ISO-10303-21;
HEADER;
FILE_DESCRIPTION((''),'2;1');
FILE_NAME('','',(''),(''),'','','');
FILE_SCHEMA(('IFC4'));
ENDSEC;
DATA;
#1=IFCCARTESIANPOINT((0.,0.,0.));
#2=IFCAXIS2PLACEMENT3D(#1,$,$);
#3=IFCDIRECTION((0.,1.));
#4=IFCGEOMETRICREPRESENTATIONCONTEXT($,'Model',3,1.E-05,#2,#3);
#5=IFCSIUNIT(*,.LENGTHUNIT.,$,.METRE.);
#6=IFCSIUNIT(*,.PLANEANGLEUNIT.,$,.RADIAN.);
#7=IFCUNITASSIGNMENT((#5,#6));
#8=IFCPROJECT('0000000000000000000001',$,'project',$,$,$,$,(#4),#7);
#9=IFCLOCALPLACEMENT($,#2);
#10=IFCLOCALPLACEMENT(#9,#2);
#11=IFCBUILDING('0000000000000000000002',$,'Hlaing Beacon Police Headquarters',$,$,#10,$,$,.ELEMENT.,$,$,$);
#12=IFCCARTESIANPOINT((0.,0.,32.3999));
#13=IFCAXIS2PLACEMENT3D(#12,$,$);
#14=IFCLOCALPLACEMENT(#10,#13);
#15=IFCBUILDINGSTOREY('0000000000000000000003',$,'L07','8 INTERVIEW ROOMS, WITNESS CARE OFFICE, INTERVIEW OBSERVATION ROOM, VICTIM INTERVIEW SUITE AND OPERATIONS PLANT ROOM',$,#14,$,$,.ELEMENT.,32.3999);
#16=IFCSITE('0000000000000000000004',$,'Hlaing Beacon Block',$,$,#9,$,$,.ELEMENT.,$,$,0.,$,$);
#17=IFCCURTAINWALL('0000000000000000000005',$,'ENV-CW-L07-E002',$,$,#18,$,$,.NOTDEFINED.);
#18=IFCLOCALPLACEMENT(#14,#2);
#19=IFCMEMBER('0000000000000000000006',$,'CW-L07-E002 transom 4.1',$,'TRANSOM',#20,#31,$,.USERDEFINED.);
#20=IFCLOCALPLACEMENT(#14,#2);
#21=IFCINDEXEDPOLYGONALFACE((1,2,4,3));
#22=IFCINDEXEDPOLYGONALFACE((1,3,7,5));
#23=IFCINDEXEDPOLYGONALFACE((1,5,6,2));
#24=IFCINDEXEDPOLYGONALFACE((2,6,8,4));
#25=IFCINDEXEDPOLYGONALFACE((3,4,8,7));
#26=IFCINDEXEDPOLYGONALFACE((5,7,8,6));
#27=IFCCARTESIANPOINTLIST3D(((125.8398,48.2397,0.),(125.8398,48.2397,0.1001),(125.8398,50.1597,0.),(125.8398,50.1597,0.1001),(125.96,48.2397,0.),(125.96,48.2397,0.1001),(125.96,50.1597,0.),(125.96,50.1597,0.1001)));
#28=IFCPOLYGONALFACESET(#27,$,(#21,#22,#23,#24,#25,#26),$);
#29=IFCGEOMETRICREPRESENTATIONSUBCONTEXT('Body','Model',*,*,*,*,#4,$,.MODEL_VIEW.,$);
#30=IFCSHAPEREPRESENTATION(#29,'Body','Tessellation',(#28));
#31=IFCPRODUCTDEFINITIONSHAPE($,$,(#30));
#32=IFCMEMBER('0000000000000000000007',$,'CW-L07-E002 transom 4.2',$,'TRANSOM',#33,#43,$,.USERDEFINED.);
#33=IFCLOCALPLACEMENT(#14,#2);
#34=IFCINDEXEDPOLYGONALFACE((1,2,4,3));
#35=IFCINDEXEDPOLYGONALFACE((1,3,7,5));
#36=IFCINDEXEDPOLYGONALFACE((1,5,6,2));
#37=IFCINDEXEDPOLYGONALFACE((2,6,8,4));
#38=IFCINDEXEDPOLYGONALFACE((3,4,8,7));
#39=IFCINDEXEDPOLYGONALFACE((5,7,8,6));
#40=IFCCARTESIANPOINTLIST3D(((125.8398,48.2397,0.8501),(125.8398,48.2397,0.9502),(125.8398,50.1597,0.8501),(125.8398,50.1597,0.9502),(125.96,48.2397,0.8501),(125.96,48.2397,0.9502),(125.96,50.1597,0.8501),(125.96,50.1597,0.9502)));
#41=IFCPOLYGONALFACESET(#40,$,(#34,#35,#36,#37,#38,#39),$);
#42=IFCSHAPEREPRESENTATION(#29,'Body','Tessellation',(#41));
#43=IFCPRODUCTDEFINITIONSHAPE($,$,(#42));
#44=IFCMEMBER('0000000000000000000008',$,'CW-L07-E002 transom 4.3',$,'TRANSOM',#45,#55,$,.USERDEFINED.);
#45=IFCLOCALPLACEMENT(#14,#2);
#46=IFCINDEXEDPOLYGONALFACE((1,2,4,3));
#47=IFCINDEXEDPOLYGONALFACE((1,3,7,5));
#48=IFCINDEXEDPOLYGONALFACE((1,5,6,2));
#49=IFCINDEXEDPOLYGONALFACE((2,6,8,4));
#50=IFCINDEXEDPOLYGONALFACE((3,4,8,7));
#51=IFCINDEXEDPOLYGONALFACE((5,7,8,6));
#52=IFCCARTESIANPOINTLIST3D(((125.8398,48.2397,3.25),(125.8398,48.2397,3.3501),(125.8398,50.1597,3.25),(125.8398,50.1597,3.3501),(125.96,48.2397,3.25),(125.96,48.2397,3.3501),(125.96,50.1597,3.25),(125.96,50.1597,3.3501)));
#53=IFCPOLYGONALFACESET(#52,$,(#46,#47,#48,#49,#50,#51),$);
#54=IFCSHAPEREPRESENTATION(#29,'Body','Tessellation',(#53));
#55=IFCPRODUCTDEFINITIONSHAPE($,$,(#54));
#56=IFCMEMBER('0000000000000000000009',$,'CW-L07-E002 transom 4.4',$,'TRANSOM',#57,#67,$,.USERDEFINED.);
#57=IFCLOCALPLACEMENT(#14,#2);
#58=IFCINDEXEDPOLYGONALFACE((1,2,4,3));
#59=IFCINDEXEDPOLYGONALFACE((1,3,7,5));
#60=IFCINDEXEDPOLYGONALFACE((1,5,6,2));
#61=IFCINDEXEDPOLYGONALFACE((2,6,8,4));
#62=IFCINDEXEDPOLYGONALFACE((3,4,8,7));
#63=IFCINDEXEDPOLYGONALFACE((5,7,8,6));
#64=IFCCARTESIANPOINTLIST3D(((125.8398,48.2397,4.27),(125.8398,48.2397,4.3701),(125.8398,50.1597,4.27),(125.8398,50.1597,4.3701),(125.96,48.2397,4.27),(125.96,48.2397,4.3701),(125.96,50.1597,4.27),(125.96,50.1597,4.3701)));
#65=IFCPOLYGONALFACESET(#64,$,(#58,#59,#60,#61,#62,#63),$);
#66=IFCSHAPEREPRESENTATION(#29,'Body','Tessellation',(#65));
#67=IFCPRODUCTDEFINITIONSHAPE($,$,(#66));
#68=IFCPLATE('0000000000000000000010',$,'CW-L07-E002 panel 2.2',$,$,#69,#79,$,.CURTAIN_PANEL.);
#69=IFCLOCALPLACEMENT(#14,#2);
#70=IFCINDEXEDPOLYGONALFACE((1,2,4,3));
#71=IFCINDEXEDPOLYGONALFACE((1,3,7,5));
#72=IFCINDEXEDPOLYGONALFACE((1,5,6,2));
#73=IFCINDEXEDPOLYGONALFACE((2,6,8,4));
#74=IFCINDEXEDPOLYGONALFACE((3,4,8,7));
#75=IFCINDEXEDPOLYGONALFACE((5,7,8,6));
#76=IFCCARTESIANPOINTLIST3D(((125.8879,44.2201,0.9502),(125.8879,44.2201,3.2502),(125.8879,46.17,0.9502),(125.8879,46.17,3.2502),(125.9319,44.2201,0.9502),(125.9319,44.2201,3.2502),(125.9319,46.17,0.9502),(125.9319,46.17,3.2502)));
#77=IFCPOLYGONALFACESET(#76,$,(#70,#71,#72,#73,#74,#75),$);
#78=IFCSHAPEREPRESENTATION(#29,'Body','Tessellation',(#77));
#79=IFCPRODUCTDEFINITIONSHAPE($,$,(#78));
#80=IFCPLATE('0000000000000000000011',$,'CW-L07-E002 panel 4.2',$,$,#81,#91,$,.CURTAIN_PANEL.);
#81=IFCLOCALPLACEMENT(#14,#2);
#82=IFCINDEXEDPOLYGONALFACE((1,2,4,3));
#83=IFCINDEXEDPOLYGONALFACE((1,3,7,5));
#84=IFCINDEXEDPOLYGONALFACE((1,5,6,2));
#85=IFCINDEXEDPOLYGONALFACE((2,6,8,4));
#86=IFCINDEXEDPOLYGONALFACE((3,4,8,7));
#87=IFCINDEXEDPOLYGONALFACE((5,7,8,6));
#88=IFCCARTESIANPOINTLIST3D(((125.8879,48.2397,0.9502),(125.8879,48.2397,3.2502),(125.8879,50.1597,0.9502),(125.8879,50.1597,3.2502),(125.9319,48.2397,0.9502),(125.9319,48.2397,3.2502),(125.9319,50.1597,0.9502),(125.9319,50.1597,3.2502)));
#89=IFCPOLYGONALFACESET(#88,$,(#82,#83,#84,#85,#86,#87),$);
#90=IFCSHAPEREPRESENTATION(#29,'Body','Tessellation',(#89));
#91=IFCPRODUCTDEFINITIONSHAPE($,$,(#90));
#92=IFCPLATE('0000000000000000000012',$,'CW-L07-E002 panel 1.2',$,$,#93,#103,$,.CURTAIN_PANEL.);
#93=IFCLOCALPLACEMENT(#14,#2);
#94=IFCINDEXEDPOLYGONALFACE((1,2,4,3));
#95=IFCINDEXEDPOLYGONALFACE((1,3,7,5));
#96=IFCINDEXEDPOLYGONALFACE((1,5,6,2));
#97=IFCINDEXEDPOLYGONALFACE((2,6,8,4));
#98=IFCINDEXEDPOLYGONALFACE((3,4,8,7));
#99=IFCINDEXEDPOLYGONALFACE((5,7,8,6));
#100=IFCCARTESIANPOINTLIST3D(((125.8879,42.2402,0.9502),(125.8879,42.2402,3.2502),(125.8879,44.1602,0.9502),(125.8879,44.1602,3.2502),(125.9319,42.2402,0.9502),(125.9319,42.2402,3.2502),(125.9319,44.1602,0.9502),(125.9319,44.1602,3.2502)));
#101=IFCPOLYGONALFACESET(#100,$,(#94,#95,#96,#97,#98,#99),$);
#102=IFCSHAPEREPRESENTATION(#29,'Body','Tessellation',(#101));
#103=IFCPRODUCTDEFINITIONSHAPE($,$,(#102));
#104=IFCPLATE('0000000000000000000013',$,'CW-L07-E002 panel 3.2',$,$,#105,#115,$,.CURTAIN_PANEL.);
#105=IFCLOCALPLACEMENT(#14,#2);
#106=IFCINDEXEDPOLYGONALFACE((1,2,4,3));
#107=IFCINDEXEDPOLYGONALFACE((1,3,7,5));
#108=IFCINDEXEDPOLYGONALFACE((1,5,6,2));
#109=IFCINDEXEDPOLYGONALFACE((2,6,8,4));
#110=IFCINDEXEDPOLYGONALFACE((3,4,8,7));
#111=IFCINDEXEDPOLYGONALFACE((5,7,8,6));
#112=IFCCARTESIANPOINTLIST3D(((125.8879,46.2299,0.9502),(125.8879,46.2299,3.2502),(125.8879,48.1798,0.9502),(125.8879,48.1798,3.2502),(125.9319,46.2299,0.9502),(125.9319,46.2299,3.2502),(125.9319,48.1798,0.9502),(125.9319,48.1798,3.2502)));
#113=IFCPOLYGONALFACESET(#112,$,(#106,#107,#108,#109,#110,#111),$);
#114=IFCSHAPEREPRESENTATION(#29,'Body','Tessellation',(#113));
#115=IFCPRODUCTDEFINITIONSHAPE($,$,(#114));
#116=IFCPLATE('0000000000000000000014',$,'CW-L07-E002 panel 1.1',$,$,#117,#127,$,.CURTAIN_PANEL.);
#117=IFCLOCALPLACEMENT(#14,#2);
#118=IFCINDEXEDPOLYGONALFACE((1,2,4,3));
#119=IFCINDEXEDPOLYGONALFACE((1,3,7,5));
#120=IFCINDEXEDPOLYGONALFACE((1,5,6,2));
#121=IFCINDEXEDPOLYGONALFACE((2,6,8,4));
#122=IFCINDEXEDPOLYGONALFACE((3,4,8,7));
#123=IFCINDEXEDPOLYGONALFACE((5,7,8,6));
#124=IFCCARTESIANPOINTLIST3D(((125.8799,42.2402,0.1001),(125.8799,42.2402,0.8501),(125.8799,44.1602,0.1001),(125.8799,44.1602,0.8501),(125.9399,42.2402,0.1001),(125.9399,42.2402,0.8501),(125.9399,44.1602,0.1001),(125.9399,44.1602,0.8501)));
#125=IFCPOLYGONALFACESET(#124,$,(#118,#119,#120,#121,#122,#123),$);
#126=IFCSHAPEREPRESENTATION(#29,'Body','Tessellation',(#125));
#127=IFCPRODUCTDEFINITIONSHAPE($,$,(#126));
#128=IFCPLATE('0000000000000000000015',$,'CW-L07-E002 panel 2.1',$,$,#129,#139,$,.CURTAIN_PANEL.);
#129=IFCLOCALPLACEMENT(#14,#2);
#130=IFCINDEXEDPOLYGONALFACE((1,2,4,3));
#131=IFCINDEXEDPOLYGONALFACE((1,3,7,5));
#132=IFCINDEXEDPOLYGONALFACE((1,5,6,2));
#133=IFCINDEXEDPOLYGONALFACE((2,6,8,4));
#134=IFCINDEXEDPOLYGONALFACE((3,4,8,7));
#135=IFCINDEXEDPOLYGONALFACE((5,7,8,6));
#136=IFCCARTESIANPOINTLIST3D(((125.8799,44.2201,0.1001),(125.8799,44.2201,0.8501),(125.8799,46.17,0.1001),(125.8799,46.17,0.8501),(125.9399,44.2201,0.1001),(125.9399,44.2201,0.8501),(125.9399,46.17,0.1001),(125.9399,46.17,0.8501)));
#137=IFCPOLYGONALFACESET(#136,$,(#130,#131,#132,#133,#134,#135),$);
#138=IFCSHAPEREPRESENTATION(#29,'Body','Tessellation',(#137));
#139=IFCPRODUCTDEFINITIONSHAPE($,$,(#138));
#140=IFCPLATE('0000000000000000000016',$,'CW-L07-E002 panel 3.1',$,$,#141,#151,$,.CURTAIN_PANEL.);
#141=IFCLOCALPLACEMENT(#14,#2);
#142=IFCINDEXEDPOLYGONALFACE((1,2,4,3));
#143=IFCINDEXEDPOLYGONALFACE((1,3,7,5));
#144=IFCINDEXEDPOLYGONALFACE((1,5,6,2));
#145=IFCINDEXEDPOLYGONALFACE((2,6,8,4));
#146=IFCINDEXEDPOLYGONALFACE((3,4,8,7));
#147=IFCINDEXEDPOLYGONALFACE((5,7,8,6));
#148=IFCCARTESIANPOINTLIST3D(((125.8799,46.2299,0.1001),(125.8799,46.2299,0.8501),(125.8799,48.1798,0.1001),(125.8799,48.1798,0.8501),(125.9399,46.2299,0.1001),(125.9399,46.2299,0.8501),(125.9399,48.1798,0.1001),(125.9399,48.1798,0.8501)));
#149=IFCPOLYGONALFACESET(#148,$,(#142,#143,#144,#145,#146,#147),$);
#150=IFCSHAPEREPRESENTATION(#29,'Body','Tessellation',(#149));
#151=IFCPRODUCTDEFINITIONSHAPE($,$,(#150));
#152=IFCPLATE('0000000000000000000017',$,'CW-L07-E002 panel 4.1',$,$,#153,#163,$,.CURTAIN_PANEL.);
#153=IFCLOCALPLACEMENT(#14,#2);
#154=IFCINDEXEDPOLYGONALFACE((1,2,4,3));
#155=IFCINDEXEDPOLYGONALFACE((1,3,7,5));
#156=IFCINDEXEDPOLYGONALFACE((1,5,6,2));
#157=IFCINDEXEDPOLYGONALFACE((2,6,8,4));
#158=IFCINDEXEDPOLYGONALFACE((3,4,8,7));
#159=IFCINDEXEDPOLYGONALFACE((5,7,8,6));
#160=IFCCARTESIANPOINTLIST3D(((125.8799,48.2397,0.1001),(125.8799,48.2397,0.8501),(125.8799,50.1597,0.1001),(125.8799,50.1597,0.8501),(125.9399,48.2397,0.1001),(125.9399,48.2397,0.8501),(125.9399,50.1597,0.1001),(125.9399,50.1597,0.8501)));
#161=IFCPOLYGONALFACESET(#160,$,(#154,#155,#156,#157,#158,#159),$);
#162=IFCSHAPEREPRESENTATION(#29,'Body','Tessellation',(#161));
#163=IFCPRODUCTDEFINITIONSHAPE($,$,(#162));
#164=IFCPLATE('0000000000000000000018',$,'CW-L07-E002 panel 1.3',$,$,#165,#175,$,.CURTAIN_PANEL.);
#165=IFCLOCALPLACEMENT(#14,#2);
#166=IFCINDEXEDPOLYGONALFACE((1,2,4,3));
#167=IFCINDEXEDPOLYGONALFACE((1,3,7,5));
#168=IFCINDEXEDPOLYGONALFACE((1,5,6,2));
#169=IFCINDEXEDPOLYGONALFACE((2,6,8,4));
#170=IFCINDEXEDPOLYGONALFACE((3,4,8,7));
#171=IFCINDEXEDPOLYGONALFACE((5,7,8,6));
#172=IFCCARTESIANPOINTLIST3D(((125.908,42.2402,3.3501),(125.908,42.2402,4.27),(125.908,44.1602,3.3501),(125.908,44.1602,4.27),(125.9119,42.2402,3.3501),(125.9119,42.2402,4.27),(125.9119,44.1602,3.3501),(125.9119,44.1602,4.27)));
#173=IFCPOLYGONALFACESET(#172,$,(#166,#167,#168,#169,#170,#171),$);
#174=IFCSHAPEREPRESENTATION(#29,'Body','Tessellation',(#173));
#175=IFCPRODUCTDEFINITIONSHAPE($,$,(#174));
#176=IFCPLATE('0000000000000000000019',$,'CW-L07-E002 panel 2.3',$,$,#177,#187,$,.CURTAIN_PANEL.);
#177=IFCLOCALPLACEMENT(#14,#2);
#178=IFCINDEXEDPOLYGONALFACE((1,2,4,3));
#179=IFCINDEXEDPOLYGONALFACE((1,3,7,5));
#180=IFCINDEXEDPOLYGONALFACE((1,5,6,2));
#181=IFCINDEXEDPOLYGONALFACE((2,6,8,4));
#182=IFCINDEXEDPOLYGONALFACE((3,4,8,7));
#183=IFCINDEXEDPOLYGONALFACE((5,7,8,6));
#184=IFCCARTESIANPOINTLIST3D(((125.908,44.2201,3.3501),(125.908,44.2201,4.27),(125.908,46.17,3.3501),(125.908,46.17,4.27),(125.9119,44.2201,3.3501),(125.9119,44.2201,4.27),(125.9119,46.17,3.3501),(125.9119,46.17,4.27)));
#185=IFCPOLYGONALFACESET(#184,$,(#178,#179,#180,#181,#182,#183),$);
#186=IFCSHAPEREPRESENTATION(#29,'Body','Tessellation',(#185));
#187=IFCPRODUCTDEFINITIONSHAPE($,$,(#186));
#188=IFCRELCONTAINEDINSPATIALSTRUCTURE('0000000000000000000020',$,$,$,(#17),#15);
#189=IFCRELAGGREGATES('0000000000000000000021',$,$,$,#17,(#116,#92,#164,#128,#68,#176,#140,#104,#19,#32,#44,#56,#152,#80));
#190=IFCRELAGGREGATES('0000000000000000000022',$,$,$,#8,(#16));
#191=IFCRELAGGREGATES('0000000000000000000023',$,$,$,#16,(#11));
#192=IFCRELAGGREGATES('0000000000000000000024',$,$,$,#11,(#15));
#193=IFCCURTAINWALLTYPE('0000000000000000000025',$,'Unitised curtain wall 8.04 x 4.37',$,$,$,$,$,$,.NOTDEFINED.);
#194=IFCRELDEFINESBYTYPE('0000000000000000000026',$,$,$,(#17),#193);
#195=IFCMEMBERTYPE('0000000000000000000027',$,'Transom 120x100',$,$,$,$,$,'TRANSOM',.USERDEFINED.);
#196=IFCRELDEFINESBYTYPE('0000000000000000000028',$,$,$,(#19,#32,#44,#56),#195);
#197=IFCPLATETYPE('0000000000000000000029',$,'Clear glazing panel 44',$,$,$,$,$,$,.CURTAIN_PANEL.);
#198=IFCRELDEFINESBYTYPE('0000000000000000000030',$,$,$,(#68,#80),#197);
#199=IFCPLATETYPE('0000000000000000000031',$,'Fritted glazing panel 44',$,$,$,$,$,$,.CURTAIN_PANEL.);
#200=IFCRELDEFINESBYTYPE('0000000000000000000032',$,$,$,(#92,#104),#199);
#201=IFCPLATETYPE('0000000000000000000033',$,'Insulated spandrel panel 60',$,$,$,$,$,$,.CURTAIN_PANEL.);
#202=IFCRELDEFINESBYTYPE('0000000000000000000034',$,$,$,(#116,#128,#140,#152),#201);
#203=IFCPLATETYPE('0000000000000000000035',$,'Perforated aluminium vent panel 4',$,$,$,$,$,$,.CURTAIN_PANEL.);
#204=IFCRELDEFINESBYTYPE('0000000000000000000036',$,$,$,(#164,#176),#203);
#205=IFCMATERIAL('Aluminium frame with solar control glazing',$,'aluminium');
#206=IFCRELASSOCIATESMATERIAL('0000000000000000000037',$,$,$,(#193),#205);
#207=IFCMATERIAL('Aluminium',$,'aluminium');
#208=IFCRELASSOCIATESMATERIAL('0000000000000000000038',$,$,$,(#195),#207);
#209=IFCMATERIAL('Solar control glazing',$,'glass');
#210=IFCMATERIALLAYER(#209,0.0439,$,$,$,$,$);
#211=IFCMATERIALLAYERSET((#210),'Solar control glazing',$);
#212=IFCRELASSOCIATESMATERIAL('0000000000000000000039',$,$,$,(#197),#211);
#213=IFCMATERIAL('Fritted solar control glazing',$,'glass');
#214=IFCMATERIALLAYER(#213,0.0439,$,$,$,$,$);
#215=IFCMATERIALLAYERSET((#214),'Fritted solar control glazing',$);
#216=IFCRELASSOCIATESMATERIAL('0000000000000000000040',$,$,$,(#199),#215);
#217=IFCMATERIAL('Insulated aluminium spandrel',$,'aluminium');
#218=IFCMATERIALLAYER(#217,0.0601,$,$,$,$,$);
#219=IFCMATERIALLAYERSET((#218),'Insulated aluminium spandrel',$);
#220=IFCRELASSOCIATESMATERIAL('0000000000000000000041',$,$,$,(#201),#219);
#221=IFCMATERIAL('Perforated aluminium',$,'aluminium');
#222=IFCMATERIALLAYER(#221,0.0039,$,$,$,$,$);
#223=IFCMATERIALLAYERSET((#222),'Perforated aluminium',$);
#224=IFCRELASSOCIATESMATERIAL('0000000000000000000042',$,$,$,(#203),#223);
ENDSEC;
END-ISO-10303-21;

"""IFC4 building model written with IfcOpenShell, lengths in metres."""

from ifc_helpers import new_model, si_unit, direction, frame, origin, origin_2d, place, context, subcontext, project, spatial, rectangle, extrude, material, layer, layer_set, material_profile, profile_set, type_object, element, aggregate, save


model = new_model("IFC4")

# Units and contexts
model_context = context("Model", 3, precision=1e-05, world=origin(), true_north=direction((0.0, 1.0)))
body_context = subcontext(model_context, "Body", "Model", "MODEL_VIEW")
ifc_project = project(units=[si_unit("LENGTHUNIT", "METRE"), si_unit("PLANEANGLEUNIT", "RADIAN")], contexts=[model_context])

# Site, building, storey
site_placement = place(None, origin())
site = spatial("IfcSite", under=ifc_project, at=site_placement, Name="Hlaing Beacon Block", CompositionType="ELEMENT", RefElevation=0.0)
building_placement = place(site_placement, origin())
building = spatial("IfcBuilding", under=site, at=building_placement, Name="Hlaing Beacon Police Headquarters", CompositionType="ELEMENT")
storey_placement = place(building_placement, frame((0.0, 0.0, 32.3999)))
storey = spatial("IfcBuildingStorey", under=building, at=storey_placement, Name="L07", Description="8 INTERVIEW ROOMS, WITNESS CARE OFFICE, INTERVIEW OBSERVATION ROOM, VICTIM INTERVIEW SUITE AND OPERATIONS PLANT ROOM", CompositionType="ELEMENT", Elevation=32.3999)

# Curtain wall, members, plates
ifc_material_1 = material(Name="Aluminium frame with solar control glazing", Category="aluminium")
curtain_wall_type = type_object("IfcCurtainWallType", Name="Unitised curtain wall 8.04 x 4.37", PredefinedType="NOTDEFINED", material=ifc_material_1)
curtain_wall_placement = place(storey_placement, origin())
curtain_wall = element("IfcCurtainWall", 1, at=curtain_wall_placement, inside=storey, type_object=curtain_wall_type, Name="ENV-CW-L07-E002", PredefinedType="NOTDEFINED")
ifc_material_2 = material(Name="Aluminium", Category="aluminium")
ifc_material_profile_1 = material_profile(ifc_material_2, rectangle(XDim=0.1201, YDim=0.1001, at=origin_2d()), Name="Transom 120x100")
ifc_profile_set_1 = profile_set([ifc_material_profile_1], Name="Aluminium")
member_type_1 = type_object("IfcMemberType", Name="Transom 120x100", ElementType="TRANSOM", PredefinedType="USERDEFINED", material=ifc_profile_set_1)
member_1_placement = place(storey_placement, frame((125.8999, 48.2397, 0.05), z_axis=(0.0, 1.0, 0.0), x_axis=(-1.0, 0.0, 0.0)))
member_1 = element("IfcMember", 2, at=member_1_placement, type_object=member_type_1, Name="CW-L07-E002 transom 4.1", ObjectType="TRANSOM", PredefinedType="USERDEFINED", context=body_context, shape_type="SweptSolid", body=[
    extrude(rectangle(XDim=0.1201, YDim=0.1001, at=origin_2d()), origin(), (0.0, 0.0, 1.0), 1.9199),
])
member_2_placement = place(storey_placement, frame((125.8999, 48.2397, 0.9001), z_axis=(0.0, 1.0, 0.0), x_axis=(-1.0, 0.0, 0.0)))
member_2 = element("IfcMember", 3, at=member_2_placement, type_object=member_type_1, Name="CW-L07-E002 transom 4.2", ObjectType="TRANSOM", PredefinedType="USERDEFINED", context=body_context, shape_type="SweptSolid", body=[
    extrude(rectangle(XDim=0.1201, YDim=0.1001, at=origin_2d()), origin(), (0.0, 0.0, 1.0), 1.9199),
])
member_3_placement = place(storey_placement, frame((125.8999, 48.2397, 3.3), z_axis=(0.0, 1.0, 0.0), x_axis=(-1.0, 0.0, 0.0)))
member_3 = element("IfcMember", 4, at=member_3_placement, type_object=member_type_1, Name="CW-L07-E002 transom 4.3", ObjectType="TRANSOM", PredefinedType="USERDEFINED", context=body_context, shape_type="SweptSolid", body=[
    extrude(rectangle(XDim=0.1201, YDim=0.1001, at=origin_2d()), origin(), (0.0, 0.0, 1.0), 1.9199),
])
member_4_placement = place(storey_placement, frame((125.8999, 48.2397, 4.3201), z_axis=(0.0, 1.0, 0.0), x_axis=(-1.0, 0.0, 0.0)))
member_4 = element("IfcMember", 5, at=member_4_placement, type_object=member_type_1, Name="CW-L07-E002 transom 4.4", ObjectType="TRANSOM", PredefinedType="USERDEFINED", context=body_context, shape_type="SweptSolid", body=[
    extrude(rectangle(XDim=0.1201, YDim=0.1001, at=origin_2d()), origin(), (0.0, 0.0, 1.0), 1.9199),
])
ifc_material_3 = material(Name="Solar control glazing", Category="glass")
ifc_layer_1 = layer(ifc_material_3, 0.0439)
ifc_layer_set_1 = layer_set([ifc_layer_1], Name="Solar control glazing")
plate_type_1 = type_object("IfcPlateType", Name="Clear glazing panel 44", PredefinedType="CURTAIN_PANEL", material=ifc_layer_set_1)
plate_1_placement = place(storey_placement, frame((125.9099, 45.1951, 0.9502), z_axis=(0.0, 0.0, 1.0), x_axis=(0.0, 1.0, 0.0)))
plate_1 = element("IfcPlate", 6, at=plate_1_placement, type_object=plate_type_1, Name="CW-L07-E002 panel 2.2", PredefinedType="CURTAIN_PANEL", context=body_context, shape_type="SweptSolid", body=[
    extrude(rectangle(XDim=1.95, YDim=0.0439, at=origin_2d()), origin(), (0.0, 0.0, 1.0), 2.3),
])
plate_2_placement = place(storey_placement, frame((125.9099, 49.1997, 0.9502), z_axis=(0.0, 0.0, 1.0), x_axis=(0.0, 1.0, 0.0)))
plate_2 = element("IfcPlate", 7, at=plate_2_placement, type_object=plate_type_1, Name="CW-L07-E002 panel 4.2", PredefinedType="CURTAIN_PANEL", context=body_context, shape_type="SweptSolid", body=[
    extrude(rectangle(XDim=1.9199, YDim=0.0439, at=origin_2d()), origin(), (0.0, 0.0, 1.0), 2.3),
])
ifc_material_4 = material(Name="Fritted solar control glazing", Category="glass")
ifc_layer_2 = layer(ifc_material_4, 0.0439)
ifc_layer_set_2 = layer_set([ifc_layer_2], Name="Fritted solar control glazing")
plate_type_2 = type_object("IfcPlateType", Name="Fritted glazing panel 44", PredefinedType="CURTAIN_PANEL", material=ifc_layer_set_2)
plate_3_placement = place(storey_placement, frame((125.9099, 43.2002, 0.9502), z_axis=(0.0, 0.0, 1.0), x_axis=(0.0, 1.0, 0.0)))
plate_3 = element("IfcPlate", 8, at=plate_3_placement, type_object=plate_type_2, Name="CW-L07-E002 panel 1.2", PredefinedType="CURTAIN_PANEL", context=body_context, shape_type="SweptSolid", body=[
    extrude(rectangle(XDim=1.9199, YDim=0.0439, at=origin_2d()), origin(), (0.0, 0.0, 1.0), 2.3),
])
plate_4_placement = place(storey_placement, frame((125.9099, 47.2048, 0.9502), z_axis=(0.0, 0.0, 1.0), x_axis=(0.0, 1.0, 0.0)))
plate_4 = element("IfcPlate", 9, at=plate_4_placement, type_object=plate_type_2, Name="CW-L07-E002 panel 3.2", PredefinedType="CURTAIN_PANEL", context=body_context, shape_type="SweptSolid", body=[
    extrude(rectangle(XDim=1.95, YDim=0.0439, at=origin_2d()), origin(), (0.0, 0.0, 1.0), 2.3),
])
ifc_material_5 = material(Name="Insulated aluminium spandrel", Category="aluminium")
ifc_layer_3 = layer(ifc_material_5, 0.0601)
ifc_layer_set_3 = layer_set([ifc_layer_3], Name="Insulated aluminium spandrel")
plate_type_3 = type_object("IfcPlateType", Name="Insulated spandrel panel 60", PredefinedType="CURTAIN_PANEL", material=ifc_layer_set_3)
plate_5_placement = place(storey_placement, frame((125.9099, 43.2002, 0.1001), z_axis=(0.0, 0.0, 1.0), x_axis=(0.0, 1.0, 0.0)))
plate_5 = element("IfcPlate", 10, at=plate_5_placement, type_object=plate_type_3, Name="CW-L07-E002 panel 1.1", PredefinedType="CURTAIN_PANEL", context=body_context, shape_type="SweptSolid", body=[
    extrude(rectangle(XDim=1.9199, YDim=0.0601, at=origin_2d()), origin(), (0.0, 0.0, 1.0), 0.75),
])
plate_6_placement = place(storey_placement, frame((125.9099, 45.1951, 0.1001), z_axis=(0.0, 0.0, 1.0), x_axis=(0.0, 1.0, 0.0)))
plate_6 = element("IfcPlate", 11, at=plate_6_placement, type_object=plate_type_3, Name="CW-L07-E002 panel 2.1", PredefinedType="CURTAIN_PANEL", context=body_context, shape_type="SweptSolid", body=[
    extrude(rectangle(XDim=1.95, YDim=0.0601, at=origin_2d()), origin(), (0.0, 0.0, 1.0), 0.75),
])
plate_7_placement = place(storey_placement, frame((125.9099, 47.2048, 0.1001), z_axis=(0.0, 0.0, 1.0), x_axis=(0.0, 1.0, 0.0)))
plate_7 = element("IfcPlate", 12, at=plate_7_placement, type_object=plate_type_3, Name="CW-L07-E002 panel 3.1", PredefinedType="CURTAIN_PANEL", context=body_context, shape_type="SweptSolid", body=[
    extrude(rectangle(XDim=1.95, YDim=0.0601, at=origin_2d()), origin(), (0.0, 0.0, 1.0), 0.75),
])
plate_8_placement = place(storey_placement, frame((125.9099, 49.1997, 0.1001), z_axis=(0.0, 0.0, 1.0), x_axis=(0.0, 1.0, 0.0)))
plate_8 = element("IfcPlate", 13, at=plate_8_placement, type_object=plate_type_3, Name="CW-L07-E002 panel 4.1", PredefinedType="CURTAIN_PANEL", context=body_context, shape_type="SweptSolid", body=[
    extrude(rectangle(XDim=1.9199, YDim=0.0601, at=origin_2d()), origin(), (0.0, 0.0, 1.0), 0.75),
])
ifc_material_6 = material(Name="Perforated aluminium", Category="aluminium")
ifc_layer_4 = layer(ifc_material_6, 0.0039)
ifc_layer_set_4 = layer_set([ifc_layer_4], Name="Perforated aluminium")
plate_type_4 = type_object("IfcPlateType", Name="Perforated aluminium vent panel 4", PredefinedType="CURTAIN_PANEL", material=ifc_layer_set_4)
plate_9_placement = place(storey_placement, frame((125.9099, 43.2002, 3.3501), z_axis=(0.0, 0.0, 1.0), x_axis=(0.0, 1.0, 0.0)))
plate_9 = element("IfcPlate", 14, at=plate_9_placement, type_object=plate_type_4, Name="CW-L07-E002 panel 1.3", PredefinedType="CURTAIN_PANEL", context=body_context, shape_type="SweptSolid", body=[
    extrude(rectangle(XDim=1.9199, YDim=0.0039, at=origin_2d()), origin(), (0.0, 0.0, 1.0), 0.9199),
])
plate_10_placement = place(storey_placement, frame((125.9099, 45.1951, 3.3501), z_axis=(0.0, 0.0, 1.0), x_axis=(0.0, 1.0, 0.0)))
plate_10 = element("IfcPlate", 15, at=plate_10_placement, type_object=plate_type_4, Name="CW-L07-E002 panel 2.3", PredefinedType="CURTAIN_PANEL", context=body_context, shape_type="SweptSolid", body=[
    extrude(rectangle(XDim=1.95, YDim=0.0039, at=origin_2d()), origin(), (0.0, 0.0, 1.0), 0.9199),
])
aggregate(curtain_wall, [plate_5, plate_3, plate_9, plate_6, plate_1, plate_10, plate_7, plate_4, member_1, member_2, member_3, member_4, plate_8, plate_2])

save(model, "model.ifc")
